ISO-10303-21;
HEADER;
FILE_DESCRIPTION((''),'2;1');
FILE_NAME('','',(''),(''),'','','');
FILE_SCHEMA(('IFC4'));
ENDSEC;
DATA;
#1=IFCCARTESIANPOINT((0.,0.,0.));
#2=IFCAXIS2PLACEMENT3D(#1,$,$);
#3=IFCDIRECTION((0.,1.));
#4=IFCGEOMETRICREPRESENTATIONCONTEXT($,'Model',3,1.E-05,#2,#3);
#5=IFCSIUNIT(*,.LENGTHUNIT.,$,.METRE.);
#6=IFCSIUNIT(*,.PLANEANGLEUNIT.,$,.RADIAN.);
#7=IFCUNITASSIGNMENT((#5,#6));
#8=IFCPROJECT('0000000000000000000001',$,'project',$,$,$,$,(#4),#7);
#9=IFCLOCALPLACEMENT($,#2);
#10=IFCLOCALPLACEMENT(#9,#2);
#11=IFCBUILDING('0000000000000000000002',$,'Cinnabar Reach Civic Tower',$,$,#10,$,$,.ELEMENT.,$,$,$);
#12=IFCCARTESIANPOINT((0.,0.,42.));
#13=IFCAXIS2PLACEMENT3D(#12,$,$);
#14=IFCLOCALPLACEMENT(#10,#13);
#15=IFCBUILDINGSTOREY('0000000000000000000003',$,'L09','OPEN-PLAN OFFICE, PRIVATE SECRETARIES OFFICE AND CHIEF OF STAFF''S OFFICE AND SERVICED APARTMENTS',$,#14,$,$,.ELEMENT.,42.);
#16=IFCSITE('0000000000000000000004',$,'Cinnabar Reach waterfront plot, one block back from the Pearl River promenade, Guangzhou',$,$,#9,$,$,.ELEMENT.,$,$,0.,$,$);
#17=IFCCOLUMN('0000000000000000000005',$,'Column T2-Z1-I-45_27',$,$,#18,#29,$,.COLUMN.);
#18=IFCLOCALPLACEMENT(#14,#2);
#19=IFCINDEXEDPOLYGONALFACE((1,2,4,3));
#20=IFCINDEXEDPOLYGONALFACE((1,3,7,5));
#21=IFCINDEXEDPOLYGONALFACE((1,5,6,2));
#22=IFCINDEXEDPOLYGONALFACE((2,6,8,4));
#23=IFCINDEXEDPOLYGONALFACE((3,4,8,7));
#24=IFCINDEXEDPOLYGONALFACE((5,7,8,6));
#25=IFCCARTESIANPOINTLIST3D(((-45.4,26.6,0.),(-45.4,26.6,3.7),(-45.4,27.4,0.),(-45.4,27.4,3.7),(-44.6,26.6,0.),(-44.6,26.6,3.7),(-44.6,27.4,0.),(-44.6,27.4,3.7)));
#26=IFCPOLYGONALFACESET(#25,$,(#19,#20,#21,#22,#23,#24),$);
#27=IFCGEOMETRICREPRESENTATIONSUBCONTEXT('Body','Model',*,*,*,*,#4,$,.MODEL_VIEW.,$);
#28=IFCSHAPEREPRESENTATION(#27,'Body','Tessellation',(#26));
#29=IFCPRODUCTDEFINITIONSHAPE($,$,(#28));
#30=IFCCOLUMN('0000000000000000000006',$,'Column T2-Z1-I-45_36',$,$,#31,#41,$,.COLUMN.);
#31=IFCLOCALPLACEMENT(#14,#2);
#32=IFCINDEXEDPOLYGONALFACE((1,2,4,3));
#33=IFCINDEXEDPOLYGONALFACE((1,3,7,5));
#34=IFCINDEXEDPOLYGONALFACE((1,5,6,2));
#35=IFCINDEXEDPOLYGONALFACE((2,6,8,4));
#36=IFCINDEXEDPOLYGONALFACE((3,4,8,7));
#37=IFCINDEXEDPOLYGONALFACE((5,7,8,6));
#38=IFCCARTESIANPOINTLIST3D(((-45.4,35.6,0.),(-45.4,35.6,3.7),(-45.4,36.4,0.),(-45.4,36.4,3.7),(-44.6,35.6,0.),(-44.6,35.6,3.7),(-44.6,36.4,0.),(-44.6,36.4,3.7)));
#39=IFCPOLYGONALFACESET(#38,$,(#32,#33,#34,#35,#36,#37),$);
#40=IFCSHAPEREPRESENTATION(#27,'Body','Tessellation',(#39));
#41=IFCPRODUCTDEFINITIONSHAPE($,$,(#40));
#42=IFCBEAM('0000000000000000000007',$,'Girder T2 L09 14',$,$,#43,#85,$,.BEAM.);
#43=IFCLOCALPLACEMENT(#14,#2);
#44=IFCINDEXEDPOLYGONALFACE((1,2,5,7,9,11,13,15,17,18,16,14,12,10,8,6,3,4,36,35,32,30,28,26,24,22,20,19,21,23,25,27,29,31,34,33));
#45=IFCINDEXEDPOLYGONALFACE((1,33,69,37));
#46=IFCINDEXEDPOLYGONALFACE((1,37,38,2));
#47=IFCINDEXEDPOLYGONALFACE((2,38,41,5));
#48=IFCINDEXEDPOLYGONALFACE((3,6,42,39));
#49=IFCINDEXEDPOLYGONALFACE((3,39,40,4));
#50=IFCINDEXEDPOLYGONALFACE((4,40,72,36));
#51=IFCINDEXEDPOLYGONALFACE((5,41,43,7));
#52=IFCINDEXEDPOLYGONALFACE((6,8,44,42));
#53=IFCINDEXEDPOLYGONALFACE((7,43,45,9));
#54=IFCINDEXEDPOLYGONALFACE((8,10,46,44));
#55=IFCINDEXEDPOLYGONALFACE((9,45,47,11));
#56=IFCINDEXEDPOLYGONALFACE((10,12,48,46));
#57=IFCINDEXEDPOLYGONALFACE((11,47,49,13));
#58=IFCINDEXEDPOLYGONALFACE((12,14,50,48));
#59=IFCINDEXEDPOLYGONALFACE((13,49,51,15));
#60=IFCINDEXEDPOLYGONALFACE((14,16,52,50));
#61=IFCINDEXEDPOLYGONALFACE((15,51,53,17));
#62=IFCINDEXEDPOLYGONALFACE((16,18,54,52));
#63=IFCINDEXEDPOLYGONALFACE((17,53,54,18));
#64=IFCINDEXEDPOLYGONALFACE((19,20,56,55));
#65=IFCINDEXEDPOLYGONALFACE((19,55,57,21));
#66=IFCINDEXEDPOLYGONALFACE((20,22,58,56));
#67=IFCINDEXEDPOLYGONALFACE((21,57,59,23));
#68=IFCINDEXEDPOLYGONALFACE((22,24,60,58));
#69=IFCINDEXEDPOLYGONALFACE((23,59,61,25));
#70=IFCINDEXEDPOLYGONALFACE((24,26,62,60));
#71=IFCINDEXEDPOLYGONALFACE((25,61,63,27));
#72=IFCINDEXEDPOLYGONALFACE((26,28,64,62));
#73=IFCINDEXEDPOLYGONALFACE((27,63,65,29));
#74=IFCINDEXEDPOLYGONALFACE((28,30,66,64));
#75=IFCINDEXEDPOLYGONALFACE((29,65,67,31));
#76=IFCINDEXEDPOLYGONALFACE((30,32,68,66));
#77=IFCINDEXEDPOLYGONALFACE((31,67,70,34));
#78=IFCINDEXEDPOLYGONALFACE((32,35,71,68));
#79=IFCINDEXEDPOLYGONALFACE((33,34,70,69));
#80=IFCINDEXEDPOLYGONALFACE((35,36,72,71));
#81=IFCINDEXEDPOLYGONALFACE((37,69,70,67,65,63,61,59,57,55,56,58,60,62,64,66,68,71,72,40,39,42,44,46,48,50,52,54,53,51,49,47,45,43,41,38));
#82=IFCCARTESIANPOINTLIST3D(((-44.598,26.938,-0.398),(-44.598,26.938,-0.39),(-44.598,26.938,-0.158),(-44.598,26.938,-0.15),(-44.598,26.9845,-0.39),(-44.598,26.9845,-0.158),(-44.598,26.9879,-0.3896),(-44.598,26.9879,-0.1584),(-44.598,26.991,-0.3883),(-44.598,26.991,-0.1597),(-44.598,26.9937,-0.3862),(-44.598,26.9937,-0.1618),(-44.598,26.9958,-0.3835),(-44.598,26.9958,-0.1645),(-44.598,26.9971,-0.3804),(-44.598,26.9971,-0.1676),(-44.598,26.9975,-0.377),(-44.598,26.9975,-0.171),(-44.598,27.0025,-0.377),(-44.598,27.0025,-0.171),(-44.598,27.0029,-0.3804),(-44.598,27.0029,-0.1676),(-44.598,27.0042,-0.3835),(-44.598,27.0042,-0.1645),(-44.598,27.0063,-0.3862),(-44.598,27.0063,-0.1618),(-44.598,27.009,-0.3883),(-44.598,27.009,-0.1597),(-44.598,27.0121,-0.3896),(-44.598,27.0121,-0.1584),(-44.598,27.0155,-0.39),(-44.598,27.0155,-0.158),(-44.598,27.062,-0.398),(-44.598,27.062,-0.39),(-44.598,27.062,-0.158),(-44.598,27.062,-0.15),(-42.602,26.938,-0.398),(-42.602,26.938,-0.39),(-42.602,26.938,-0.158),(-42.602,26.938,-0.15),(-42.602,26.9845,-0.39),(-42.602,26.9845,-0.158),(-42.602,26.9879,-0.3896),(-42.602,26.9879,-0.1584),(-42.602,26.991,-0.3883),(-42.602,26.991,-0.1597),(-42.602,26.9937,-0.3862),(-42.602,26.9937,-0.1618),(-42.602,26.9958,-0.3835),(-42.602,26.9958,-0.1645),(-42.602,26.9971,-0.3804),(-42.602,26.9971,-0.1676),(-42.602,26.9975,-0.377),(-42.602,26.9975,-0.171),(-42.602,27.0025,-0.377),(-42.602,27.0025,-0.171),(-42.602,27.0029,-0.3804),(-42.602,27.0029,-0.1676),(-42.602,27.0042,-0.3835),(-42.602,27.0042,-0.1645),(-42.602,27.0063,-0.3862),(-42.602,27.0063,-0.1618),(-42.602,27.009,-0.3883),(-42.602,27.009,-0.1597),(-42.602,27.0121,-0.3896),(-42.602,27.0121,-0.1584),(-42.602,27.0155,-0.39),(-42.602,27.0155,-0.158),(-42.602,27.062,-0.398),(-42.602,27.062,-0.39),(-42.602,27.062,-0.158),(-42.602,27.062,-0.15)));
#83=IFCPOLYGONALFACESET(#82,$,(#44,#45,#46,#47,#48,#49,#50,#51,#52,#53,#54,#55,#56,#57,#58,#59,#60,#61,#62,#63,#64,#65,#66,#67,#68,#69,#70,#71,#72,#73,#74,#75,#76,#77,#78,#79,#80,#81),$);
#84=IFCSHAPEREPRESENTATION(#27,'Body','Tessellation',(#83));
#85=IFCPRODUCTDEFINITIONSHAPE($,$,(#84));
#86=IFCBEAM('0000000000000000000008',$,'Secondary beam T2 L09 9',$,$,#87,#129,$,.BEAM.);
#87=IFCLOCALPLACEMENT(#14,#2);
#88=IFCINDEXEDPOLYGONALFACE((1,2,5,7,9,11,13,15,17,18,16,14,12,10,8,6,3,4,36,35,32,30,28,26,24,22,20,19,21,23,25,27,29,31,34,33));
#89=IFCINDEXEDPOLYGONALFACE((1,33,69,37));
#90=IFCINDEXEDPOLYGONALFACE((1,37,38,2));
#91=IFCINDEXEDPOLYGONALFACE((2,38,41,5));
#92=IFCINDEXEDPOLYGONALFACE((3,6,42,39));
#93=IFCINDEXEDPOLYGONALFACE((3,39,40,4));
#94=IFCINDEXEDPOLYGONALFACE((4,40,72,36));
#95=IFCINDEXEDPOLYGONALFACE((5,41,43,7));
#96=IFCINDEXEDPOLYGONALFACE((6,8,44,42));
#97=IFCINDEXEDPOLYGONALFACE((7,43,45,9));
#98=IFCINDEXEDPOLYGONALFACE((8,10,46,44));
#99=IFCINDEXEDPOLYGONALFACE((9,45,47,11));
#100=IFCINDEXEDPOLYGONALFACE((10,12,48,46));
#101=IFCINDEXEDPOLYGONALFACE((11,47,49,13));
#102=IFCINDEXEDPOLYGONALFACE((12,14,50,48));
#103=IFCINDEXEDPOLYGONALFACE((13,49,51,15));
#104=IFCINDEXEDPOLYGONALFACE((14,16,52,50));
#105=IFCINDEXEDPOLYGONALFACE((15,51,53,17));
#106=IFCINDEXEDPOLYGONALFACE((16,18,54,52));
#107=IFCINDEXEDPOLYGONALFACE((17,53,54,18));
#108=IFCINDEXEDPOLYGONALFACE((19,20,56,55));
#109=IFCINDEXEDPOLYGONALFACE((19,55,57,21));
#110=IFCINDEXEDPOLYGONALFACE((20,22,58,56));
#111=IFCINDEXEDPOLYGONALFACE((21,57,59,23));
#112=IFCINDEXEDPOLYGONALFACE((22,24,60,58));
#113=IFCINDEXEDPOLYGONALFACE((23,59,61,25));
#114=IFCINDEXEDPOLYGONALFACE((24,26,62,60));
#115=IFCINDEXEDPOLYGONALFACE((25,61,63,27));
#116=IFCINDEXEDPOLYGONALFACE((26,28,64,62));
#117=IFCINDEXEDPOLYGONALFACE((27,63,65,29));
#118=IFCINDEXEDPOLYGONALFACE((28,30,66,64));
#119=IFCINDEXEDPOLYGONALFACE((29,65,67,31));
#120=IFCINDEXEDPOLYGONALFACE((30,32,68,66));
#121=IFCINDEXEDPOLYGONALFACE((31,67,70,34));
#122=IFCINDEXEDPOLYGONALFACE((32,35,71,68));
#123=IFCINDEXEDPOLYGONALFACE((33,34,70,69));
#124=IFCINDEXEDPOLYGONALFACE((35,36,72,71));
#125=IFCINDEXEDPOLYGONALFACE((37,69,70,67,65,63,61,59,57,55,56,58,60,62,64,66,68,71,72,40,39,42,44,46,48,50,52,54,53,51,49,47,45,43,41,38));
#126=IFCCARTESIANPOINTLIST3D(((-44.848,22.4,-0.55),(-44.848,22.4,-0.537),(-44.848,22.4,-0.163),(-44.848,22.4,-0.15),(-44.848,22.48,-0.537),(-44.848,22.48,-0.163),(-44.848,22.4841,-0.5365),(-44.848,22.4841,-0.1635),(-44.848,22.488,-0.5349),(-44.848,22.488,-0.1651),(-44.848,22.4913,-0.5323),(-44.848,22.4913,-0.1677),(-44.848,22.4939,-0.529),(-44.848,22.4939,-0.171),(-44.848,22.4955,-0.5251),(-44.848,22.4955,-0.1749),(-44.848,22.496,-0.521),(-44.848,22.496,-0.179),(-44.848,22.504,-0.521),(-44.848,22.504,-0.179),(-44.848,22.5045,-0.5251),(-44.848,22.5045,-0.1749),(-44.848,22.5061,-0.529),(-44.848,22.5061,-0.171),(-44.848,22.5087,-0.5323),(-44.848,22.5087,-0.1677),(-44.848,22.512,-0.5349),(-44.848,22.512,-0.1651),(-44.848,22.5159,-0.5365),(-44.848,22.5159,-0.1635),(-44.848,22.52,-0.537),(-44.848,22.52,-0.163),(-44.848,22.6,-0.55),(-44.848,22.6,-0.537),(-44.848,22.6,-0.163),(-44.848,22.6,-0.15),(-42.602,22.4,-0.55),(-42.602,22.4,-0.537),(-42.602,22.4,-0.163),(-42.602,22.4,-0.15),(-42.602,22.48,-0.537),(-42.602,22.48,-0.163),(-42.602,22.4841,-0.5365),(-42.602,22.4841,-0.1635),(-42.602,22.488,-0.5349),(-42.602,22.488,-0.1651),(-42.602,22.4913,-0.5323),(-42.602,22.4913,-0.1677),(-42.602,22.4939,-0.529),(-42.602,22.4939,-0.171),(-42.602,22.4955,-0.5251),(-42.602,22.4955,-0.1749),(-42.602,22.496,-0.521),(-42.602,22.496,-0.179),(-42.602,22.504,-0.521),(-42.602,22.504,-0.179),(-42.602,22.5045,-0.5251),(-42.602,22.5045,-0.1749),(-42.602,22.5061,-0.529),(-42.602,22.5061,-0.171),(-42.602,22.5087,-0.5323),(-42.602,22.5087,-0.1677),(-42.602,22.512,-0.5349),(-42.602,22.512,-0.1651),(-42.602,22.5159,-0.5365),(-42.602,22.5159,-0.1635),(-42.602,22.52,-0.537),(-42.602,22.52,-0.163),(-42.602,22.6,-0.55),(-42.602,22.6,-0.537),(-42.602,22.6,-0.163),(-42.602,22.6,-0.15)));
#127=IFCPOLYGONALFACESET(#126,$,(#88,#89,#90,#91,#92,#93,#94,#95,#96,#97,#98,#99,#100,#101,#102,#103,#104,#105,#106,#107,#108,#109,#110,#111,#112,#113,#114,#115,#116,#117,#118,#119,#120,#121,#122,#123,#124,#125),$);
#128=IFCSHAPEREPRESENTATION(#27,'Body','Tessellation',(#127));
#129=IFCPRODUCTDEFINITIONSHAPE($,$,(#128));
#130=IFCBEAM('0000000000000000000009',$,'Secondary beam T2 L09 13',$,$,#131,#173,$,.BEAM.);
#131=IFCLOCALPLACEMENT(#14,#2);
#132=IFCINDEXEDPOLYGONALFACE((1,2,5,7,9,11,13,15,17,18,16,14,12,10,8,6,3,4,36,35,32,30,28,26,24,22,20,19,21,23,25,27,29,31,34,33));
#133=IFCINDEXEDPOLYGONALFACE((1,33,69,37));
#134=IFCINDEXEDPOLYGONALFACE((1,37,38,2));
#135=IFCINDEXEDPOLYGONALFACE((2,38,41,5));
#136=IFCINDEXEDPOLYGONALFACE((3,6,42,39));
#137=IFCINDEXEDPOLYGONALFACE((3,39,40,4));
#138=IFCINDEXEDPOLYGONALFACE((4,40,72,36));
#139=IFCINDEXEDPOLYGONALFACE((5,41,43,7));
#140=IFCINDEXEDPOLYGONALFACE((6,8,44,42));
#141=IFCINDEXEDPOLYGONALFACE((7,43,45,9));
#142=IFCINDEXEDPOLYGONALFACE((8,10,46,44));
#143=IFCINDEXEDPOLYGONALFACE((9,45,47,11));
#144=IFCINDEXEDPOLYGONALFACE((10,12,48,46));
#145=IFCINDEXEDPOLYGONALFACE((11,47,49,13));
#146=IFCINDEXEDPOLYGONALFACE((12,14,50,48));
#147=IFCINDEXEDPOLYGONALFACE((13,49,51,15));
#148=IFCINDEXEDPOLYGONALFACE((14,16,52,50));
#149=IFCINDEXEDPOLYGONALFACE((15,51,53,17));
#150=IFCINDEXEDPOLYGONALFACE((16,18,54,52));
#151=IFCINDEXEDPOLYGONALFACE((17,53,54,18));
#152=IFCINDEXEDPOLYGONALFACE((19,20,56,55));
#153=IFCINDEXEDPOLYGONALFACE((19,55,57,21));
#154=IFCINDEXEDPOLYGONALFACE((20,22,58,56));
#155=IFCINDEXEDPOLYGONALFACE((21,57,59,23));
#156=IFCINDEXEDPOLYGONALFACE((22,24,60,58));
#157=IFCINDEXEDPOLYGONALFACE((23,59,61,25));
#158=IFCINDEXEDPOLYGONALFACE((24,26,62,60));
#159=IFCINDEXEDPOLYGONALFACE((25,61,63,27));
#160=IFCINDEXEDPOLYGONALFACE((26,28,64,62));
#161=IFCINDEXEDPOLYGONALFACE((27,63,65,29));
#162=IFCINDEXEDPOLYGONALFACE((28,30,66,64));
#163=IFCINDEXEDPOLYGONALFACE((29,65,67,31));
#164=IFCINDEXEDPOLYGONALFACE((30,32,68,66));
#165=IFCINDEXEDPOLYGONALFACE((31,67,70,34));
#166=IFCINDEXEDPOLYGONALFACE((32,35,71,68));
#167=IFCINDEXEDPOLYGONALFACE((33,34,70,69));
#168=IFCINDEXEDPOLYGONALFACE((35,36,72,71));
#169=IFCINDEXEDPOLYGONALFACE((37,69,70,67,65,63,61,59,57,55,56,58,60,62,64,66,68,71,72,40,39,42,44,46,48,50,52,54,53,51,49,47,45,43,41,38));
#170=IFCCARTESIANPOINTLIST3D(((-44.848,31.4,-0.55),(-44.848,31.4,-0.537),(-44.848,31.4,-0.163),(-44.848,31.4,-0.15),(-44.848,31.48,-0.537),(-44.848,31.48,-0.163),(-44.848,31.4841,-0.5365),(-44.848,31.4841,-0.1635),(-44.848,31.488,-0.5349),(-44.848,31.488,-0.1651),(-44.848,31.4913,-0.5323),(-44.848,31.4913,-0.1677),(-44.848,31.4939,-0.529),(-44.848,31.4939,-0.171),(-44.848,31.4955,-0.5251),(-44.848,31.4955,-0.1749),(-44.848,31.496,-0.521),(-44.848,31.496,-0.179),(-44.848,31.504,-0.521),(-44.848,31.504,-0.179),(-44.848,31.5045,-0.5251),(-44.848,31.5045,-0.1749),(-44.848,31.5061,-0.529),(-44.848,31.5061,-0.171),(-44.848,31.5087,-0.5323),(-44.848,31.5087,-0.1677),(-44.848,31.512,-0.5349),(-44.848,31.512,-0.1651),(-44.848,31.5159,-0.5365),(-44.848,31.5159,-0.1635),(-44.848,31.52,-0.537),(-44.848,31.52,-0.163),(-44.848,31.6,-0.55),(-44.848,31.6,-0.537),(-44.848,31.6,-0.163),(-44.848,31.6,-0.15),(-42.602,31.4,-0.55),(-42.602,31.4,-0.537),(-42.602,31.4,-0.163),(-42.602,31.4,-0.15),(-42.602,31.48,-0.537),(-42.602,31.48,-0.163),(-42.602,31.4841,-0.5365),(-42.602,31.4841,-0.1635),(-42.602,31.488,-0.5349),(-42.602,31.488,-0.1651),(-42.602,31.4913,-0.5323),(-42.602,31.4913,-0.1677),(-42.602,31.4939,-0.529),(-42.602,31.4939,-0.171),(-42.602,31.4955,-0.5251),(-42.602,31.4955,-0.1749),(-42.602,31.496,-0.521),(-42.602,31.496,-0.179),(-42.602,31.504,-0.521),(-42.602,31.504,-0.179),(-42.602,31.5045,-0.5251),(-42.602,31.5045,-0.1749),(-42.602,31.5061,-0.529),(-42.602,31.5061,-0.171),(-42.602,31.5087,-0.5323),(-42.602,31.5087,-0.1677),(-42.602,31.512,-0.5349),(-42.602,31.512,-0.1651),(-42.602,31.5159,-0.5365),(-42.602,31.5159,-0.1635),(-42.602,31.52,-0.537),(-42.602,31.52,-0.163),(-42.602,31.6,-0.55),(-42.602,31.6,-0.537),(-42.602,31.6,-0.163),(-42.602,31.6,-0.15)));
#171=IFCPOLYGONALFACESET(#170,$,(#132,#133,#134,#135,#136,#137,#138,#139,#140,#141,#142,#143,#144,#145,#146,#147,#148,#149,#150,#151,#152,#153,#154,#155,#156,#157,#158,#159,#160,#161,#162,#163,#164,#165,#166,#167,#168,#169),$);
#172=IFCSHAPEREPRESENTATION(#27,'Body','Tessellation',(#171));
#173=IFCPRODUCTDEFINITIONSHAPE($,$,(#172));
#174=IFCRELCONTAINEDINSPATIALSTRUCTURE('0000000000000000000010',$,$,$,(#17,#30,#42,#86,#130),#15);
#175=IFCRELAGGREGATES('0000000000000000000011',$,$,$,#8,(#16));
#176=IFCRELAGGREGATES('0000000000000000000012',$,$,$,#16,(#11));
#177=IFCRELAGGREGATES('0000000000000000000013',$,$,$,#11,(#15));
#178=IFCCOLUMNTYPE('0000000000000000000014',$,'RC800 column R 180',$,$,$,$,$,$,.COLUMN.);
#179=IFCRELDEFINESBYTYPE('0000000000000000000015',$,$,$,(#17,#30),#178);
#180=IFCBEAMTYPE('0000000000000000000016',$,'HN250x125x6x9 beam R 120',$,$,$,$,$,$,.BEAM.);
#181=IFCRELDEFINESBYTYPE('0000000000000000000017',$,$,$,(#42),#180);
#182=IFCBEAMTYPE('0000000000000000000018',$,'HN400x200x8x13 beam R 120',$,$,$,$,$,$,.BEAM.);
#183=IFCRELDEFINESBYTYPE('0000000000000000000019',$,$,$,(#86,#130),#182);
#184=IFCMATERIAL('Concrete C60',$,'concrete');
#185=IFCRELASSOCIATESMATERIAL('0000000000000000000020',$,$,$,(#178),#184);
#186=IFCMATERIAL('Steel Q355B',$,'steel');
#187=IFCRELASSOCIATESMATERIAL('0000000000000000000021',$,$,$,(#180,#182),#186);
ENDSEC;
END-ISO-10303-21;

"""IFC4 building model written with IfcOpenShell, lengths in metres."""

from ifc_helpers import new_model, si_unit, direction, frame, origin, origin_2d, place, context, subcontext, project, spatial, rectangle, i_section, extrude, material, material_profile, profile_set, type_object, element, save


model = new_model("IFC4")

# Units and contexts
model_context = context("Model", 3, precision=1e-05, world=origin(), true_north=direction((0.0, 1.0)))
body_context = subcontext(model_context, "Body", "Model", "MODEL_VIEW")
ifc_project = project(units=[si_unit("LENGTHUNIT", "METRE"), si_unit("PLANEANGLEUNIT", "RADIAN")], contexts=[model_context])

# Site, building, storey
site_placement = place(None, origin())
site = spatial("IfcSite", under=ifc_project, at=site_placement, Name="Cinnabar Reach waterfront plot, one block back from the Pearl River promenade, Guangzhou", CompositionType="ELEMENT", RefElevation=0.0)
building_placement = place(site_placement, origin())
building = spatial("IfcBuilding", under=site, at=building_placement, Name="Cinnabar Reach Civic Tower", CompositionType="ELEMENT")
storey_placement = place(building_placement, frame((0.0, 0.0, 42.0)))
storey = spatial("IfcBuildingStorey", under=building, at=storey_placement, Name="L09", Description="OPEN-PLAN OFFICE, PRIVATE SECRETARIES OFFICE AND CHIEF OF STAFF'S OFFICE AND SERVICED APARTMENTS", CompositionType="ELEMENT", Elevation=42.0)

# Columns
ifc_material_1 = material(Name="Concrete C60", Category="concrete")
ifc_material_profile_1 = material_profile(ifc_material_1, rectangle(XDim=0.8, YDim=0.8, at=origin_2d()), Name="RC800")
ifc_profile_set_1 = profile_set([ifc_material_profile_1], Name="Concrete C60")
column_type = type_object("IfcColumnType", Name="RC800 column R 180", PredefinedType="COLUMN", material=ifc_profile_set_1)
for number, where, z_axis, x_axis, name in (
    (1, (-45.0, 27.0, 0.0), (0.0, 0.0, 1.0), (1.0, 0.0, 0.0), "Column T2-Z1-I-45_27"),
    (2, (-45.0, 36.0, 0.0), (0.0, 0.0, 1.0), (1.0, 0.0, 0.0), "Column T2-Z1-I-45_36"),
):
    element("IfcColumn", number, at=place(storey_placement, frame(where, z_axis=z_axis, x_axis=x_axis)), inside=storey, type_object=column_type, Name=name, PredefinedType="COLUMN", context=body_context, shape_type="SweptSolid", body=[
        extrude(rectangle(XDim=0.8, YDim=0.8, at=origin_2d()), origin(), (0.0, 0.0, 1.0), 3.7),
    ])

# Beams
ifc_material_2 = material(Name="Steel Q355B", Category="steel")
ifc_material_profile_2 = material_profile(ifc_material_2, i_section(OverallWidth=0.124, OverallDepth=0.248, WebThickness=0.005, FlangeThickness=0.008, FilletRadius=0.013, at=origin_2d()), Name="HN250x125x6x9")
ifc_profile_set_2 = profile_set([ifc_material_profile_2], Name="Steel Q355B")
beam_type_1 = type_object("IfcBeamType", Name="HN250x125x6x9 beam R 120", PredefinedType="BEAM", material=ifc_profile_set_2)
beam_1_placement = place(storey_placement, frame((-44.598, 27.0, -0.274), z_axis=(1.0, 0.0, 0.0), x_axis=(0.0, 1.0, 0.0)))
element("IfcBeam", 3, at=beam_1_placement, inside=storey, type_object=beam_type_1, Name="Girder T2 L09 14", PredefinedType="BEAM", context=body_context, shape_type="SweptSolid", body=[
    extrude(i_section(OverallWidth=0.124, OverallDepth=0.248, WebThickness=0.005, FlangeThickness=0.008, FilletRadius=0.013, at=origin_2d()), origin(), (0.0, 0.0, 1.0), 1.996),
])
ifc_material_profile_3 = material_profile(ifc_material_2, i_section(OverallWidth=0.2, OverallDepth=0.4, WebThickness=0.008, FlangeThickness=0.013, FilletRadius=0.016, at=origin_2d()), Name="HN400x200x8x13")
ifc_profile_set_3 = profile_set([ifc_material_profile_3], Name="Steel Q355B")
beam_type_2 = type_object("IfcBeamType", Name="HN400x200x8x13 beam R 120", PredefinedType="BEAM", material=ifc_profile_set_3)
for number, where, z_axis, x_axis, name in (
    (4, (-44.848, 22.5, -0.35), (1.0, 0.0, 0.0), (0.0, 1.0, 0.0), "Secondary beam T2 L09 9"),
    (5, (-44.848, 31.5, -0.35), (1.0, 0.0, 0.0), (0.0, 1.0, 0.0), "Secondary beam T2 L09 13"),
):
    element("IfcBeam", number, at=place(storey_placement, frame(where, z_axis=z_axis, x_axis=x_axis)), inside=storey, type_object=beam_type_2, Name=name, PredefinedType="BEAM", context=body_context, shape_type="SweptSolid", body=[
        extrude(i_section(OverallWidth=0.2, OverallDepth=0.4, WebThickness=0.008, FlangeThickness=0.013, FilletRadius=0.016, at=origin_2d()), origin(), (0.0, 0.0, 1.0), 2.246),
    ])

save(model, "model.ifc")
